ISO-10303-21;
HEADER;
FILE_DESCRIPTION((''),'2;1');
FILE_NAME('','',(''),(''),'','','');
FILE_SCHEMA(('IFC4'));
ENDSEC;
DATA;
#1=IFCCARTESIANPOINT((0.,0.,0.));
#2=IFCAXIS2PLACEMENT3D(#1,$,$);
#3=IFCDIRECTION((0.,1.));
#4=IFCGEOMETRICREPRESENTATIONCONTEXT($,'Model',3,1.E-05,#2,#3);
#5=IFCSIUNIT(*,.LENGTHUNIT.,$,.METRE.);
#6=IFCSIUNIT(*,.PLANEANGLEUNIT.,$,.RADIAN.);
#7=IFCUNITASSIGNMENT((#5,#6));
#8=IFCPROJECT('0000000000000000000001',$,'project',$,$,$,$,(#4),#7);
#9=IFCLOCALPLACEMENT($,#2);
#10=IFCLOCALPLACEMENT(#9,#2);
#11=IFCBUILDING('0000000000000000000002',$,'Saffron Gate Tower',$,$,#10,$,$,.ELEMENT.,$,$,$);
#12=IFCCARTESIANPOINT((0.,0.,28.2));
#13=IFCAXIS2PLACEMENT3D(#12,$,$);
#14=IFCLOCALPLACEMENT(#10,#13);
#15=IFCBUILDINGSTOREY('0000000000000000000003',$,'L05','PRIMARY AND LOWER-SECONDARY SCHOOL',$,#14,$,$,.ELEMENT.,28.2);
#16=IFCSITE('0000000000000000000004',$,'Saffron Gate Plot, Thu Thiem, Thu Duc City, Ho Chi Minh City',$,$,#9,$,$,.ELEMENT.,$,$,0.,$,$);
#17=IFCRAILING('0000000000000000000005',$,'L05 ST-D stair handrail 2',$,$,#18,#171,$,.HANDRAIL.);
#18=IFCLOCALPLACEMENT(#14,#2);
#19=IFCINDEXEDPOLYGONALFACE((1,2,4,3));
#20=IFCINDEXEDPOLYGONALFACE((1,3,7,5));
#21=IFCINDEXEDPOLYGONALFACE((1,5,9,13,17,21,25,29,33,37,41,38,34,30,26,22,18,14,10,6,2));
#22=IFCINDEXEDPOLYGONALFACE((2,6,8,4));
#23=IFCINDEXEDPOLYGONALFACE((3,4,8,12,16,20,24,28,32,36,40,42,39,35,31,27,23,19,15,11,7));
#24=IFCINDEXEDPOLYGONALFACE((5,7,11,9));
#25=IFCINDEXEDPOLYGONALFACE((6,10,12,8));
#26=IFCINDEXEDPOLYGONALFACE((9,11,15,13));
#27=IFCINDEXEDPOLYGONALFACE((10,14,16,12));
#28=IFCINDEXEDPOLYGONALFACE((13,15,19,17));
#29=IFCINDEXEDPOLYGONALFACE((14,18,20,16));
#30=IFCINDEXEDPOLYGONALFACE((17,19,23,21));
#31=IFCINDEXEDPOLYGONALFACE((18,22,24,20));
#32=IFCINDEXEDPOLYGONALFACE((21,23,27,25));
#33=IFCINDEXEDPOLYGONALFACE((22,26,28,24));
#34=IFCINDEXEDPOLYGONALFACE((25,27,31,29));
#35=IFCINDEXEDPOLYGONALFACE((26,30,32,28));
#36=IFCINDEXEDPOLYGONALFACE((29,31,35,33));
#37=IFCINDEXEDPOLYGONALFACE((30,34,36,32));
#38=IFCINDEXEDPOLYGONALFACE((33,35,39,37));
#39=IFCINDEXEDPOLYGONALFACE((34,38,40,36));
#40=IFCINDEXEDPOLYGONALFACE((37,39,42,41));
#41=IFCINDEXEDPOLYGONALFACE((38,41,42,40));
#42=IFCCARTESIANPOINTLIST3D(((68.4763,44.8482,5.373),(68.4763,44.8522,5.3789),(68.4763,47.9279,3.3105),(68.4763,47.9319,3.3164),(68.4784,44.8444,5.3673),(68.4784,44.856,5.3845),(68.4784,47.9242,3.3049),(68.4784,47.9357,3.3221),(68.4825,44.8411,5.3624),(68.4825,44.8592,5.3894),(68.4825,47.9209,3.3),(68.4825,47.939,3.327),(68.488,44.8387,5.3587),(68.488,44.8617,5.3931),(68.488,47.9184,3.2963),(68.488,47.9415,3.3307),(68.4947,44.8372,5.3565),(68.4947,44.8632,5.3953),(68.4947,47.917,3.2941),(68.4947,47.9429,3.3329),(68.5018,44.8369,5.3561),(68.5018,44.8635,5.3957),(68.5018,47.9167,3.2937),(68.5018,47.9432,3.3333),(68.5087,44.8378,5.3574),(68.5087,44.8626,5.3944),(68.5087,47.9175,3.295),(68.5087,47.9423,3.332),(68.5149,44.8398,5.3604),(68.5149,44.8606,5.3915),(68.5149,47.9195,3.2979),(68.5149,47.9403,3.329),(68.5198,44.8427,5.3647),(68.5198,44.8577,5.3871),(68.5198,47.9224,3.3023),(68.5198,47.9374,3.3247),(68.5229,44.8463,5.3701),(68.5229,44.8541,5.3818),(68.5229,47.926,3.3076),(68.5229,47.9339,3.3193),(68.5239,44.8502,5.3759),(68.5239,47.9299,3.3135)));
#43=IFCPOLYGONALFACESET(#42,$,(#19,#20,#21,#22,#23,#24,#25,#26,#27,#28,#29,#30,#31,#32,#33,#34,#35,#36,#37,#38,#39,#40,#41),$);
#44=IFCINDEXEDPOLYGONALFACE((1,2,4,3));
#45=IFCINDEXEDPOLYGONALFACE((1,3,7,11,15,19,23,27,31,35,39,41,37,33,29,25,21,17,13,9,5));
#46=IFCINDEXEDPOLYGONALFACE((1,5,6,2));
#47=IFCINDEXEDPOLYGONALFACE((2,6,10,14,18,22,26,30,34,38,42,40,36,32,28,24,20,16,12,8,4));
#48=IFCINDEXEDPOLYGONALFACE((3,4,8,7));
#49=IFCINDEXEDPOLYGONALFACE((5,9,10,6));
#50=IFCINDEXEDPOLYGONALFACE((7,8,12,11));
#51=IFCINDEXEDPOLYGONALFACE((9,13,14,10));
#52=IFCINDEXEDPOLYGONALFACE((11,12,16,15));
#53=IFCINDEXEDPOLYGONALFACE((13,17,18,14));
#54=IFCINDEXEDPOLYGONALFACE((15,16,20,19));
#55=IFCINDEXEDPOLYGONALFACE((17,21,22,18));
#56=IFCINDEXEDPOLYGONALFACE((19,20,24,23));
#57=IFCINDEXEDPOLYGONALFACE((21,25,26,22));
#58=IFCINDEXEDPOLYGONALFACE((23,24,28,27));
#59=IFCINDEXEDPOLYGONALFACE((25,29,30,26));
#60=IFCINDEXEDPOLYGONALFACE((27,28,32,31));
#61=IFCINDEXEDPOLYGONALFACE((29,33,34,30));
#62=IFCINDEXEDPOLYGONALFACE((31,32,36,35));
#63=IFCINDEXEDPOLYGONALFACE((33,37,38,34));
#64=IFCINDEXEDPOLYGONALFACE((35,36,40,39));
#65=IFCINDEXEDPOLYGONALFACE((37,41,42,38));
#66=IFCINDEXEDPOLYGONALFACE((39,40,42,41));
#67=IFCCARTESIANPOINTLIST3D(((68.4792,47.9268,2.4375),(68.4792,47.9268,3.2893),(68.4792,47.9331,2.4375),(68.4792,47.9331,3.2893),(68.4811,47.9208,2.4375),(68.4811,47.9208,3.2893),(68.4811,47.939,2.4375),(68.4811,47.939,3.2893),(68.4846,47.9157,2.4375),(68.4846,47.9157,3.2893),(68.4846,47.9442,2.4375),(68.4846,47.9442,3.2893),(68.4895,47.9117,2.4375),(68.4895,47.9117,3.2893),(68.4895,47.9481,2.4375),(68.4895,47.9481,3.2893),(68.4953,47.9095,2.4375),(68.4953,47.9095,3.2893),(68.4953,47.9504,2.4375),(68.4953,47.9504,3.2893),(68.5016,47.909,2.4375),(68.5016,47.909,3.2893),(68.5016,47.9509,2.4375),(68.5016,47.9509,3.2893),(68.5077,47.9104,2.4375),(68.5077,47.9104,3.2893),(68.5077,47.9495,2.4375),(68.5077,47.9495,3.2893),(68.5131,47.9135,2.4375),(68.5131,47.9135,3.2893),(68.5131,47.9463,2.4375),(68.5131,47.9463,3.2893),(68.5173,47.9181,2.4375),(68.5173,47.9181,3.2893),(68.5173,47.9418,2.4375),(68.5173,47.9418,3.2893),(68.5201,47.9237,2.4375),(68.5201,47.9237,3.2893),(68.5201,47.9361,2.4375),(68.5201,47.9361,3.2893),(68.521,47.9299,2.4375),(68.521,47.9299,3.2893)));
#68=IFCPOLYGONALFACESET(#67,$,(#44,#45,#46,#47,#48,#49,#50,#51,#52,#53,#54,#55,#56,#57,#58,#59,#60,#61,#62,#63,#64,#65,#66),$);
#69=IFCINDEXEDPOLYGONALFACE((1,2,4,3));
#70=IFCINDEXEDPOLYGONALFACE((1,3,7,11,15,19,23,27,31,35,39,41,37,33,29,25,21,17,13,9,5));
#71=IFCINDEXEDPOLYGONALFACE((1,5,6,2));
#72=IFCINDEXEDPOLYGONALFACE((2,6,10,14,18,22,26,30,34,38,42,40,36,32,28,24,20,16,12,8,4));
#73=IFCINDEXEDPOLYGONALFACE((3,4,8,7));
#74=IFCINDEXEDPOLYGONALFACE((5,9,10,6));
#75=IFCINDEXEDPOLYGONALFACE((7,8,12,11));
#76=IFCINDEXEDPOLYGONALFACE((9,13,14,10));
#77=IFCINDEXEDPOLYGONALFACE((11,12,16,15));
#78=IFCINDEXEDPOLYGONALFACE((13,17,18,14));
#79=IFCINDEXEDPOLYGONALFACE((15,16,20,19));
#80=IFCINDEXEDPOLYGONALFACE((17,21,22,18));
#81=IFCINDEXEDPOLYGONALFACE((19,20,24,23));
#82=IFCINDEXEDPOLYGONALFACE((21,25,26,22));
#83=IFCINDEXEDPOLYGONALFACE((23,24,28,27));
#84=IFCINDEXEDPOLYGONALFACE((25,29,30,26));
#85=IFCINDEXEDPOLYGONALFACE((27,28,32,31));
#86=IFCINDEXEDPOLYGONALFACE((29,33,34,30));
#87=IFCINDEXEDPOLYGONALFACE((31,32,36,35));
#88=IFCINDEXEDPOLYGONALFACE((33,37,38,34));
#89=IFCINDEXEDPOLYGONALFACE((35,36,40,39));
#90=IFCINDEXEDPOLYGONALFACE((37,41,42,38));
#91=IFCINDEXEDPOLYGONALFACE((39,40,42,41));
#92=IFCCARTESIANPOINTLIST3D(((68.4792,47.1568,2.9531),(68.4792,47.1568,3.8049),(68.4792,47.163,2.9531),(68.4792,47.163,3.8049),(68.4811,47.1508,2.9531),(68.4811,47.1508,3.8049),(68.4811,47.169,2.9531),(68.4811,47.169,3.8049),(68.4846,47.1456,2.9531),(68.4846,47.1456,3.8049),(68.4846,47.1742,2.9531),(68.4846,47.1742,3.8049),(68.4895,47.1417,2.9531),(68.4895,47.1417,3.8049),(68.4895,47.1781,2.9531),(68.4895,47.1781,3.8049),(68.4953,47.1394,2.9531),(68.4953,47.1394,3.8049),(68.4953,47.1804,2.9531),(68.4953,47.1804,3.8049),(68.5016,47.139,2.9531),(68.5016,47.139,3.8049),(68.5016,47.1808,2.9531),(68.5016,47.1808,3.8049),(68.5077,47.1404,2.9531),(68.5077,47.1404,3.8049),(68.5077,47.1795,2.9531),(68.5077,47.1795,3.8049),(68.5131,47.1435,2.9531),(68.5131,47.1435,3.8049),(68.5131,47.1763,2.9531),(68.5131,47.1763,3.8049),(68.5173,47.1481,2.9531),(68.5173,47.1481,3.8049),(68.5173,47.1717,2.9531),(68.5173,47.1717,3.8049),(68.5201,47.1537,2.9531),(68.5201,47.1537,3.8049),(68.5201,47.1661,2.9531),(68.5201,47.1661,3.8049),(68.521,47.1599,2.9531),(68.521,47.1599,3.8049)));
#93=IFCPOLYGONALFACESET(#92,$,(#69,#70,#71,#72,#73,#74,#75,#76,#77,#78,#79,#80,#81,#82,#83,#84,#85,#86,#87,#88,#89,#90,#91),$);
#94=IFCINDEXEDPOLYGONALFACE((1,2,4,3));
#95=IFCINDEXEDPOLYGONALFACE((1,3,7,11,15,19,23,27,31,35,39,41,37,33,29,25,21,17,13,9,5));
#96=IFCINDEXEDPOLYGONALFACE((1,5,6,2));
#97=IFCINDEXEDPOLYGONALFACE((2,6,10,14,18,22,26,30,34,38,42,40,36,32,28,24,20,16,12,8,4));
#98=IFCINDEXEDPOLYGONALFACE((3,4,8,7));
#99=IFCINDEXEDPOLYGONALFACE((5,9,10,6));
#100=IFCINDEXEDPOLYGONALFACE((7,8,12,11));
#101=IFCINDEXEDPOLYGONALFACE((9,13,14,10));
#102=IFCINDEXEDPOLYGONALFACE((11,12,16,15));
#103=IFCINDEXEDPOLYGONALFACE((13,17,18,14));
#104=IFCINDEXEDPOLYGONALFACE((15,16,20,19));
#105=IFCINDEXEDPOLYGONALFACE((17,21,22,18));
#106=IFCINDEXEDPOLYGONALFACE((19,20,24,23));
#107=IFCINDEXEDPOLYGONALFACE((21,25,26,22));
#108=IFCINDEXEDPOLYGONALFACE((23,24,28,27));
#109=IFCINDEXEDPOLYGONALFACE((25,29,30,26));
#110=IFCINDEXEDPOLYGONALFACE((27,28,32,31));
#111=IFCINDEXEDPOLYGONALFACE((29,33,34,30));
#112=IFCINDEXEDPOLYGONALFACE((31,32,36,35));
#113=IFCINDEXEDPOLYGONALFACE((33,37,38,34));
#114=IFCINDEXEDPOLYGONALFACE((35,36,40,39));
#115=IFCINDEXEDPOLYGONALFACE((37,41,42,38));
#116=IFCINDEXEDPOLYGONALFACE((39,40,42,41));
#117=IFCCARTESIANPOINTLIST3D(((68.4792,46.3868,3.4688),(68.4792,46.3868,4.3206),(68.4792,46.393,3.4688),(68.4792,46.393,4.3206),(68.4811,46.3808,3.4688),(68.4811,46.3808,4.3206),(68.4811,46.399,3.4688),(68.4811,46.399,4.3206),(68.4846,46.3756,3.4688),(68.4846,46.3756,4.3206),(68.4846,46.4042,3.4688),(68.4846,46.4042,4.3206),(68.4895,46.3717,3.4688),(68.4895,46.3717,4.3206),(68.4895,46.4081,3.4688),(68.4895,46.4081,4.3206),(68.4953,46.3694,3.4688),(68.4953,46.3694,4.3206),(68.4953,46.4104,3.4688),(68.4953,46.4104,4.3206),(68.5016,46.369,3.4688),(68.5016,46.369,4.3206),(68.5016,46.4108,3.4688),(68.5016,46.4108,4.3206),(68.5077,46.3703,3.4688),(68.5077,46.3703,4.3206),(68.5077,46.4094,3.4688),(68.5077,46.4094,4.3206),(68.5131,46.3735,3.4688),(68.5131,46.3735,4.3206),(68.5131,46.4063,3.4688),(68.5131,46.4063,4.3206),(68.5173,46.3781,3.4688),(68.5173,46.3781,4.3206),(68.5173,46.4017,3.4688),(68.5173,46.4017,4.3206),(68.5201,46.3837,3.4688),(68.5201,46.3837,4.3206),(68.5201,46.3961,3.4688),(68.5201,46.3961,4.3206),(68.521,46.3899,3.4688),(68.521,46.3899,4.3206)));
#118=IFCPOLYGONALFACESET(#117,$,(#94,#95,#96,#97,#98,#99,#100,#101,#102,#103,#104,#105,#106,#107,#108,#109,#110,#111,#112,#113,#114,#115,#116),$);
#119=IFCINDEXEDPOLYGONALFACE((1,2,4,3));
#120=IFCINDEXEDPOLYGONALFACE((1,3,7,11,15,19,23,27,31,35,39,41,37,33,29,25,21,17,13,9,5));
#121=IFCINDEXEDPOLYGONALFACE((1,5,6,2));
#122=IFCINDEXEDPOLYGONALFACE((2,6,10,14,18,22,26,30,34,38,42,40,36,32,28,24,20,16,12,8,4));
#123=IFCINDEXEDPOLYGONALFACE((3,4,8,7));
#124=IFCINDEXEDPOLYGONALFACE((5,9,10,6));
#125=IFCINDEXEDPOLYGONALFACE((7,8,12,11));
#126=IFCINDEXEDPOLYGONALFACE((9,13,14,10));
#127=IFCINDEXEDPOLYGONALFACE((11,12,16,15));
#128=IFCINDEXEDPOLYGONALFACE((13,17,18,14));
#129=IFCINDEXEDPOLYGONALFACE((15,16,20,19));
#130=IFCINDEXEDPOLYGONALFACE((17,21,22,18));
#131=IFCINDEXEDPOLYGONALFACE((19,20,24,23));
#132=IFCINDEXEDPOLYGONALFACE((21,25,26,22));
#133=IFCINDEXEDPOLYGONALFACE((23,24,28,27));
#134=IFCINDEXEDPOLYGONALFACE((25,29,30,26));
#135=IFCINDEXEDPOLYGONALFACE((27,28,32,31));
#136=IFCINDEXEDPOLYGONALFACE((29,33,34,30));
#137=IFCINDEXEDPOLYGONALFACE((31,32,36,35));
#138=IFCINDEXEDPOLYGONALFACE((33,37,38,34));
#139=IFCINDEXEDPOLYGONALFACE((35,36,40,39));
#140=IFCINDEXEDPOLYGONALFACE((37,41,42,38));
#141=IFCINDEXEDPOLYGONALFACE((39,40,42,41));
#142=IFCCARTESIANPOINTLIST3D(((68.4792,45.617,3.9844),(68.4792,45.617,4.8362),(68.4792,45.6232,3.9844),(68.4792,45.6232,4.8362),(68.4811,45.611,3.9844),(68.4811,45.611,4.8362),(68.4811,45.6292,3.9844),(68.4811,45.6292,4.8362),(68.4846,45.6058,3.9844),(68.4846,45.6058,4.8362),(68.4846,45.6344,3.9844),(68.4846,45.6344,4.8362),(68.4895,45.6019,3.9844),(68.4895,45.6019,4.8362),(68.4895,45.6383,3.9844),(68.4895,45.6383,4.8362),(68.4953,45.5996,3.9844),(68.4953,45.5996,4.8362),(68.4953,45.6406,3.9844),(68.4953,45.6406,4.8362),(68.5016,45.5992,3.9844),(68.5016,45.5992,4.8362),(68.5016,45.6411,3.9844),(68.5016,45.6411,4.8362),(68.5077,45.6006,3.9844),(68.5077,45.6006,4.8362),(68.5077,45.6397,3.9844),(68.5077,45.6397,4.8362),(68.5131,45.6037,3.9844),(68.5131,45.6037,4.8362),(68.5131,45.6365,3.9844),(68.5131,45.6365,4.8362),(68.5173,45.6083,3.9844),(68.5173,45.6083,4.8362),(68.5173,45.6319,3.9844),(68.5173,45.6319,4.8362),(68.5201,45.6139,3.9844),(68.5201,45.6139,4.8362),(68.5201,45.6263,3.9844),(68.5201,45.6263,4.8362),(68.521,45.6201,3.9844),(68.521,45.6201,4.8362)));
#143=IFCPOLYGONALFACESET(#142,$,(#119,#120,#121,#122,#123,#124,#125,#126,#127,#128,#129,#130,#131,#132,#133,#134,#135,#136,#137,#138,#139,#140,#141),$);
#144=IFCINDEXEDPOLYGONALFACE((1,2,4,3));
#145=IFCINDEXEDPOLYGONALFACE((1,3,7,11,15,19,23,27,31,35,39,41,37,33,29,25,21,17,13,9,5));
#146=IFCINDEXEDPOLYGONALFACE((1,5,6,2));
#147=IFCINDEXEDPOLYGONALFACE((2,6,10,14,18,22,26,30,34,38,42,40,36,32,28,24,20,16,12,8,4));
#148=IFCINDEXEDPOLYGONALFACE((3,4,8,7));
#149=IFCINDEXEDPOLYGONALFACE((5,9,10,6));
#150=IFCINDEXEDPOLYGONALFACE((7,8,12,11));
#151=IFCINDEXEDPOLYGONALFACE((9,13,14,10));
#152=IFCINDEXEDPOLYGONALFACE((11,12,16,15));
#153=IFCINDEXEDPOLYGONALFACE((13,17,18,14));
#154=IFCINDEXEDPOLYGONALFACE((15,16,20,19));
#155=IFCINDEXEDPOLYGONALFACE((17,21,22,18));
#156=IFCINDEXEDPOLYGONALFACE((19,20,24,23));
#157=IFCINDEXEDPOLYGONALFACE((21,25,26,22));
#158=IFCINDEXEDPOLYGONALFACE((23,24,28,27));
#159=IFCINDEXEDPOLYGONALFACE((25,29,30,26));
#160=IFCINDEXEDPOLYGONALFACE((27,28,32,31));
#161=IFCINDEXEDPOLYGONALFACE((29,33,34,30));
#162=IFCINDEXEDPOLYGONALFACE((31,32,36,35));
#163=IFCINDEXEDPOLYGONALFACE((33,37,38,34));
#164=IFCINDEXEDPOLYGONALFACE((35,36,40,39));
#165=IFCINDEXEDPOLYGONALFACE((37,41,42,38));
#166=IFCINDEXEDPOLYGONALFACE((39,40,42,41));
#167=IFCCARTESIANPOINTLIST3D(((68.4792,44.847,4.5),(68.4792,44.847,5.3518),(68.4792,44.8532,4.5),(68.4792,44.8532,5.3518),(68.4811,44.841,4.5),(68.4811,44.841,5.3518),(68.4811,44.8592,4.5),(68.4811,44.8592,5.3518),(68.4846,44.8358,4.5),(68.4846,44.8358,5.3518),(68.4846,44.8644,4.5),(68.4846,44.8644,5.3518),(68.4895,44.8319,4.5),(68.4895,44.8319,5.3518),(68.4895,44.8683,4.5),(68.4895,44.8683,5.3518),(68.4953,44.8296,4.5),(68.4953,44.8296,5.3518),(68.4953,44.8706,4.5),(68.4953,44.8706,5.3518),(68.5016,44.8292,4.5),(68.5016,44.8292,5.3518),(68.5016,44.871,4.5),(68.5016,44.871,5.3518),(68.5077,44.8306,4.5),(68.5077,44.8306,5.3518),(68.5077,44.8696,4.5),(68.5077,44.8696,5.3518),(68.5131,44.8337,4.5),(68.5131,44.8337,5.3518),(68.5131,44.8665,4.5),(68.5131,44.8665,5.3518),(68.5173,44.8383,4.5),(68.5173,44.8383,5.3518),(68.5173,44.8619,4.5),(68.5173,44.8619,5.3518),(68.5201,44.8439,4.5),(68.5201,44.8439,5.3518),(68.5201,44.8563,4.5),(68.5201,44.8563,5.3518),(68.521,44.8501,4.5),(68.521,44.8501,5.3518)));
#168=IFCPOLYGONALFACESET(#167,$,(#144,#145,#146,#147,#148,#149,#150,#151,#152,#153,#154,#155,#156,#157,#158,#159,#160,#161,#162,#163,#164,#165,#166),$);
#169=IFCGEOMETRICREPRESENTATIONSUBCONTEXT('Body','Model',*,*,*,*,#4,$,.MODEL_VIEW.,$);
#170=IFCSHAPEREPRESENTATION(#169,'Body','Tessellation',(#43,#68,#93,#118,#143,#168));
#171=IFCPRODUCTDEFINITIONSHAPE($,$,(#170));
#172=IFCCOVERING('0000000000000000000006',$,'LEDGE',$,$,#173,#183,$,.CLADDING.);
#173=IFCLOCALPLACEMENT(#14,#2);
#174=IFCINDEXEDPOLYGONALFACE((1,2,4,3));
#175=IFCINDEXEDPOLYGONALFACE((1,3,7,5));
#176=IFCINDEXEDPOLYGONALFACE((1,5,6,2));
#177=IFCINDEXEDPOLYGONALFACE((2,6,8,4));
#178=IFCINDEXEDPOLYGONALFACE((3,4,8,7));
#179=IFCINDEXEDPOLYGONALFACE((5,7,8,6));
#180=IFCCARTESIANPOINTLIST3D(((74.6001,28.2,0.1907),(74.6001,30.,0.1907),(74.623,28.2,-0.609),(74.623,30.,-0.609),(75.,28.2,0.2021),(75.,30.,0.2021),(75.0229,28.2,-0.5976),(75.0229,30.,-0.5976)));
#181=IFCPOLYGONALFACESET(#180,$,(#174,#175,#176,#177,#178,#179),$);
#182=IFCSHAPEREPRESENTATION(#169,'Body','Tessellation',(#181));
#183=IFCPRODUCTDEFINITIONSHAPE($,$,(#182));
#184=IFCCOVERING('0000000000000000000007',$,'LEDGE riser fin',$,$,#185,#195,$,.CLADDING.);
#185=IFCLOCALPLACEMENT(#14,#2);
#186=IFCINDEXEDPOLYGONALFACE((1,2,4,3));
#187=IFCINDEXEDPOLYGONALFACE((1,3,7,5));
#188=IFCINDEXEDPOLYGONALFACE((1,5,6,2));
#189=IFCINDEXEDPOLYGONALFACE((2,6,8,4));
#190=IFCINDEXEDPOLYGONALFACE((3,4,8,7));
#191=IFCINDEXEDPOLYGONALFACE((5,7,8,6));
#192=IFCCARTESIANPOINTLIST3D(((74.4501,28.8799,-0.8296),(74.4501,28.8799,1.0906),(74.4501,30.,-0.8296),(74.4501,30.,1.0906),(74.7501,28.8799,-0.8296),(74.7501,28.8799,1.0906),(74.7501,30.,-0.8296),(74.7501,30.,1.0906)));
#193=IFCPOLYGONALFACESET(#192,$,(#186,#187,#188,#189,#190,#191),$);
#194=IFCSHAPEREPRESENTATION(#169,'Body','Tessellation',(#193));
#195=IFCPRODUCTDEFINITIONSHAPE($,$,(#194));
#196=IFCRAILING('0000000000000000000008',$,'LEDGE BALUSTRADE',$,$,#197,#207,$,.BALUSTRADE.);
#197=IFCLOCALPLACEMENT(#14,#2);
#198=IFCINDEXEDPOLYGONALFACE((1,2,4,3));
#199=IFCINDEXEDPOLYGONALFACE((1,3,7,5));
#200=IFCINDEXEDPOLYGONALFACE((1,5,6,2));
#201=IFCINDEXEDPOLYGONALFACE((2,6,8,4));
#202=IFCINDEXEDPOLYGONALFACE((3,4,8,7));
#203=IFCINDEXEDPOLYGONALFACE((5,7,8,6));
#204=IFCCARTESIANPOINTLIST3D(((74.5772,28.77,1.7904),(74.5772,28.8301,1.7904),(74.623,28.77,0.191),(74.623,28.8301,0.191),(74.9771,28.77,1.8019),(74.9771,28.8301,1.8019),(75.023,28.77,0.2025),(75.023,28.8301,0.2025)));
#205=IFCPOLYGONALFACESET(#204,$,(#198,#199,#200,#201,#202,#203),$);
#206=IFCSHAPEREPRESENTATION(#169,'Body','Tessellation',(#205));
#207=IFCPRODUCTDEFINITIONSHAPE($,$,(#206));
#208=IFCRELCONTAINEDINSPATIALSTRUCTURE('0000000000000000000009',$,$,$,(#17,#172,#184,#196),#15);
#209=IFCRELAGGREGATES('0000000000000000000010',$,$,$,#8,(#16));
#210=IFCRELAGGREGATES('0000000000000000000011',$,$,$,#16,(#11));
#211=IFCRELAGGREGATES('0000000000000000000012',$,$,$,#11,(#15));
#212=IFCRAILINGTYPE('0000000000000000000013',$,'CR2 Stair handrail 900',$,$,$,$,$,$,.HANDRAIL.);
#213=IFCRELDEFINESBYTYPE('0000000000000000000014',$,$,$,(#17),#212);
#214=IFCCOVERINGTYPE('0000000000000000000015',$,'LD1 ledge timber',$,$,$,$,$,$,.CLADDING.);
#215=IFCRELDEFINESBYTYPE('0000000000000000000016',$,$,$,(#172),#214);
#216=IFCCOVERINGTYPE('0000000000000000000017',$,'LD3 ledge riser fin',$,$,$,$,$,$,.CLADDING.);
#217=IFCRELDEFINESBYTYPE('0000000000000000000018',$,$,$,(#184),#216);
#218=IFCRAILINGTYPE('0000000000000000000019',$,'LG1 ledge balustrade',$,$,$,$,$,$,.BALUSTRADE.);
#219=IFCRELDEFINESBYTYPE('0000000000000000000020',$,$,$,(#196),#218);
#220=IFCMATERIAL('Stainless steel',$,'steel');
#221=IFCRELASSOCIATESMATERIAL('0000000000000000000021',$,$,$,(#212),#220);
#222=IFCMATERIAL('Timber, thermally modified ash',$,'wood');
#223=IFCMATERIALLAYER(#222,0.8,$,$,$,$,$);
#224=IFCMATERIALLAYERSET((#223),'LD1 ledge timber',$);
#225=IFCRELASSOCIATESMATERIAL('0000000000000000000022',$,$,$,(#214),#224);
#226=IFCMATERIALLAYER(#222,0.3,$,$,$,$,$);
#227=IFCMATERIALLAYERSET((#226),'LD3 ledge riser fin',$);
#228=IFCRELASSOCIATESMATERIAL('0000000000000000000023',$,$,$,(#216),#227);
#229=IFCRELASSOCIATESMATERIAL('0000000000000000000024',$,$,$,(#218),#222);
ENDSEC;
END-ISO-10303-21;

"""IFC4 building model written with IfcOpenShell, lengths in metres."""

from ifc_helpers import new_model, si_unit, direction, frame, origin, origin_2d, place, context, subcontext, project, spatial, polyline, rectangle, circle, outline, extrude, material, layer, layer_set, type_object, element, save


model = new_model("IFC4")

# Units and contexts
model_context = context("Model", 3, precision=1e-05, world=origin(), true_north=direction((0.0, 1.0)))
body_context = subcontext(model_context, "Body", "Model", "MODEL_VIEW")
ifc_project = project(units=[si_unit("LENGTHUNIT", "METRE"), si_unit("PLANEANGLEUNIT", "RADIAN")], contexts=[model_context])

# Site, building, storey
site_placement = place(None, origin())
site = spatial("IfcSite", under=ifc_project, at=site_placement, Name="Saffron Gate Plot, Thu Thiem, Thu Duc City, Ho Chi Minh City", CompositionType="ELEMENT", RefElevation=0.0)
building_placement = place(site_placement, origin())
building = spatial("IfcBuilding", under=site, at=building_placement, Name="Saffron Gate Tower", CompositionType="ELEMENT")
storey_placement = place(building_placement, frame((0.0, 0.0, 28.2)))
storey = spatial("IfcBuildingStorey", under=building, at=storey_placement, Name="L05", Description="PRIMARY AND LOWER-SECONDARY SCHOOL", CompositionType="ELEMENT", Elevation=28.2)

# Railing
ifc_material_1 = material(Name="Stainless steel", Category="steel")
railing_type_1 = type_object("IfcRailingType", Name="CR2 Stair handrail 900", PredefinedType="HANDRAIL", material=ifc_material_1)
railing_1_placement = place(storey_placement, frame((68.5, 47.9299, 2.4375)))
element("IfcRailing", 1, at=railing_1_placement, inside=storey, type_object=railing_type_1, Name="L05 ST-D stair handrail 2", PredefinedType="HANDRAIL", context=body_context, shape_type="SweptSolid", body=[
    extrude(circle(Radius=0.0239, at=origin_2d()), frame((0.0, 0.0, 0.876), z_axis=(0.0, -0.830893, 0.556432), x_axis=(1.0, 0.0, 0.0)), (0.0, 0.0, 1.0), 3.7065),
    extrude(circle(Radius=0.021, at=origin_2d()), origin(), (0.0, 0.0, 1.0), 0.8518),
    extrude(circle(Radius=0.021, at=origin_2d()), frame((0.0, -0.77, 0.5156)), (0.0, 0.0, 1.0), 0.8518),
    extrude(circle(Radius=0.021, at=origin_2d()), frame((0.0, -1.54, 1.0312)), (0.0, 0.0, 1.0), 0.8518),
    extrude(circle(Radius=0.021, at=origin_2d()), frame((0.0, -2.3098, 1.5469)), (0.0, 0.0, 1.0), 0.8518),
    extrude(circle(Radius=0.021, at=origin_2d()), frame((0.0, -3.0798, 2.0625)), (0.0, 0.0, 1.0), 0.8518),
])

# Coverings
ifc_material_2 = material(Name="Timber, thermally modified ash", Category="wood")
ifc_layer_1 = layer(ifc_material_2, 0.8)
ifc_layer_set_1 = layer_set([ifc_layer_1], Name="LD1 ledge timber")
covering_type_1 = type_object("IfcCoveringType", Name="LD1 ledge timber", PredefinedType="CLADDING", material=ifc_layer_set_1)
covering_1_placement = place(storey_placement, frame((74.6001, 30.0, 0.1907), z_axis=(-0.028682, 0.0, 0.999589), x_axis=(0.999589, 0.0, 0.028682)))
element("IfcCovering", 2, at=covering_1_placement, inside=storey, type_object=covering_type_1, Name="LEDGE", PredefinedType="CLADDING", context=body_context, shape_type="SweptSolid", body=[
    extrude(outline(polyline([(0.0, 0.0), (0.4001, 0.0), (0.4001, -1.8), (0.0, -1.8), (0.0, 0.0)])), origin(), (0.0, 0.0, -1.0), 0.8),
])
ifc_layer_2 = layer(ifc_material_2, 0.3)
ifc_layer_set_2 = layer_set([ifc_layer_2], Name="LD3 ledge riser fin")
covering_type_2 = type_object("IfcCoveringType", Name="LD3 ledge riser fin", PredefinedType="CLADDING", material=ifc_layer_set_2)
covering_2_placement = place(storey_placement, frame((74.6001, 29.4399, -0.8296), z_axis=(0.0, 0.0, 1.0), x_axis=(1.0, 0.0, 0.0)))
element("IfcCovering", 3, at=covering_2_placement, inside=storey, type_object=covering_type_2, Name="LEDGE riser fin", PredefinedType="CLADDING", context=body_context, shape_type="SweptSolid", body=[
    extrude(rectangle(XDim=0.3, YDim=1.1201, at=origin_2d()), origin(), (0.0, 0.0, 1.0), 1.9202),
])

# Railing
railing_type_2 = type_object("IfcRailingType", Name="LG1 ledge balustrade", PredefinedType="BALUSTRADE", material=ifc_material_2)
railing_2_placement = place(storey_placement, frame((74.6001, 28.8, 0.1907)))
element("IfcRailing", 4, at=railing_2_placement, inside=storey, type_object=railing_type_2, Name="LEDGE BALUSTRADE", PredefinedType="BALUSTRADE", context=body_context, shape_type="SweptSolid", body=[
    extrude(rectangle(XDim=0.0601, YDim=1.6001, at=origin_2d()), frame((0.0, 0.0, 0.8), z_axis=(0.999589, 0.0, 0.028682), x_axis=(0.0, 1.0, 0.0)), (0.0, 0.0, 1.0), 0.4001),
])

save(model, "model.ifc")
